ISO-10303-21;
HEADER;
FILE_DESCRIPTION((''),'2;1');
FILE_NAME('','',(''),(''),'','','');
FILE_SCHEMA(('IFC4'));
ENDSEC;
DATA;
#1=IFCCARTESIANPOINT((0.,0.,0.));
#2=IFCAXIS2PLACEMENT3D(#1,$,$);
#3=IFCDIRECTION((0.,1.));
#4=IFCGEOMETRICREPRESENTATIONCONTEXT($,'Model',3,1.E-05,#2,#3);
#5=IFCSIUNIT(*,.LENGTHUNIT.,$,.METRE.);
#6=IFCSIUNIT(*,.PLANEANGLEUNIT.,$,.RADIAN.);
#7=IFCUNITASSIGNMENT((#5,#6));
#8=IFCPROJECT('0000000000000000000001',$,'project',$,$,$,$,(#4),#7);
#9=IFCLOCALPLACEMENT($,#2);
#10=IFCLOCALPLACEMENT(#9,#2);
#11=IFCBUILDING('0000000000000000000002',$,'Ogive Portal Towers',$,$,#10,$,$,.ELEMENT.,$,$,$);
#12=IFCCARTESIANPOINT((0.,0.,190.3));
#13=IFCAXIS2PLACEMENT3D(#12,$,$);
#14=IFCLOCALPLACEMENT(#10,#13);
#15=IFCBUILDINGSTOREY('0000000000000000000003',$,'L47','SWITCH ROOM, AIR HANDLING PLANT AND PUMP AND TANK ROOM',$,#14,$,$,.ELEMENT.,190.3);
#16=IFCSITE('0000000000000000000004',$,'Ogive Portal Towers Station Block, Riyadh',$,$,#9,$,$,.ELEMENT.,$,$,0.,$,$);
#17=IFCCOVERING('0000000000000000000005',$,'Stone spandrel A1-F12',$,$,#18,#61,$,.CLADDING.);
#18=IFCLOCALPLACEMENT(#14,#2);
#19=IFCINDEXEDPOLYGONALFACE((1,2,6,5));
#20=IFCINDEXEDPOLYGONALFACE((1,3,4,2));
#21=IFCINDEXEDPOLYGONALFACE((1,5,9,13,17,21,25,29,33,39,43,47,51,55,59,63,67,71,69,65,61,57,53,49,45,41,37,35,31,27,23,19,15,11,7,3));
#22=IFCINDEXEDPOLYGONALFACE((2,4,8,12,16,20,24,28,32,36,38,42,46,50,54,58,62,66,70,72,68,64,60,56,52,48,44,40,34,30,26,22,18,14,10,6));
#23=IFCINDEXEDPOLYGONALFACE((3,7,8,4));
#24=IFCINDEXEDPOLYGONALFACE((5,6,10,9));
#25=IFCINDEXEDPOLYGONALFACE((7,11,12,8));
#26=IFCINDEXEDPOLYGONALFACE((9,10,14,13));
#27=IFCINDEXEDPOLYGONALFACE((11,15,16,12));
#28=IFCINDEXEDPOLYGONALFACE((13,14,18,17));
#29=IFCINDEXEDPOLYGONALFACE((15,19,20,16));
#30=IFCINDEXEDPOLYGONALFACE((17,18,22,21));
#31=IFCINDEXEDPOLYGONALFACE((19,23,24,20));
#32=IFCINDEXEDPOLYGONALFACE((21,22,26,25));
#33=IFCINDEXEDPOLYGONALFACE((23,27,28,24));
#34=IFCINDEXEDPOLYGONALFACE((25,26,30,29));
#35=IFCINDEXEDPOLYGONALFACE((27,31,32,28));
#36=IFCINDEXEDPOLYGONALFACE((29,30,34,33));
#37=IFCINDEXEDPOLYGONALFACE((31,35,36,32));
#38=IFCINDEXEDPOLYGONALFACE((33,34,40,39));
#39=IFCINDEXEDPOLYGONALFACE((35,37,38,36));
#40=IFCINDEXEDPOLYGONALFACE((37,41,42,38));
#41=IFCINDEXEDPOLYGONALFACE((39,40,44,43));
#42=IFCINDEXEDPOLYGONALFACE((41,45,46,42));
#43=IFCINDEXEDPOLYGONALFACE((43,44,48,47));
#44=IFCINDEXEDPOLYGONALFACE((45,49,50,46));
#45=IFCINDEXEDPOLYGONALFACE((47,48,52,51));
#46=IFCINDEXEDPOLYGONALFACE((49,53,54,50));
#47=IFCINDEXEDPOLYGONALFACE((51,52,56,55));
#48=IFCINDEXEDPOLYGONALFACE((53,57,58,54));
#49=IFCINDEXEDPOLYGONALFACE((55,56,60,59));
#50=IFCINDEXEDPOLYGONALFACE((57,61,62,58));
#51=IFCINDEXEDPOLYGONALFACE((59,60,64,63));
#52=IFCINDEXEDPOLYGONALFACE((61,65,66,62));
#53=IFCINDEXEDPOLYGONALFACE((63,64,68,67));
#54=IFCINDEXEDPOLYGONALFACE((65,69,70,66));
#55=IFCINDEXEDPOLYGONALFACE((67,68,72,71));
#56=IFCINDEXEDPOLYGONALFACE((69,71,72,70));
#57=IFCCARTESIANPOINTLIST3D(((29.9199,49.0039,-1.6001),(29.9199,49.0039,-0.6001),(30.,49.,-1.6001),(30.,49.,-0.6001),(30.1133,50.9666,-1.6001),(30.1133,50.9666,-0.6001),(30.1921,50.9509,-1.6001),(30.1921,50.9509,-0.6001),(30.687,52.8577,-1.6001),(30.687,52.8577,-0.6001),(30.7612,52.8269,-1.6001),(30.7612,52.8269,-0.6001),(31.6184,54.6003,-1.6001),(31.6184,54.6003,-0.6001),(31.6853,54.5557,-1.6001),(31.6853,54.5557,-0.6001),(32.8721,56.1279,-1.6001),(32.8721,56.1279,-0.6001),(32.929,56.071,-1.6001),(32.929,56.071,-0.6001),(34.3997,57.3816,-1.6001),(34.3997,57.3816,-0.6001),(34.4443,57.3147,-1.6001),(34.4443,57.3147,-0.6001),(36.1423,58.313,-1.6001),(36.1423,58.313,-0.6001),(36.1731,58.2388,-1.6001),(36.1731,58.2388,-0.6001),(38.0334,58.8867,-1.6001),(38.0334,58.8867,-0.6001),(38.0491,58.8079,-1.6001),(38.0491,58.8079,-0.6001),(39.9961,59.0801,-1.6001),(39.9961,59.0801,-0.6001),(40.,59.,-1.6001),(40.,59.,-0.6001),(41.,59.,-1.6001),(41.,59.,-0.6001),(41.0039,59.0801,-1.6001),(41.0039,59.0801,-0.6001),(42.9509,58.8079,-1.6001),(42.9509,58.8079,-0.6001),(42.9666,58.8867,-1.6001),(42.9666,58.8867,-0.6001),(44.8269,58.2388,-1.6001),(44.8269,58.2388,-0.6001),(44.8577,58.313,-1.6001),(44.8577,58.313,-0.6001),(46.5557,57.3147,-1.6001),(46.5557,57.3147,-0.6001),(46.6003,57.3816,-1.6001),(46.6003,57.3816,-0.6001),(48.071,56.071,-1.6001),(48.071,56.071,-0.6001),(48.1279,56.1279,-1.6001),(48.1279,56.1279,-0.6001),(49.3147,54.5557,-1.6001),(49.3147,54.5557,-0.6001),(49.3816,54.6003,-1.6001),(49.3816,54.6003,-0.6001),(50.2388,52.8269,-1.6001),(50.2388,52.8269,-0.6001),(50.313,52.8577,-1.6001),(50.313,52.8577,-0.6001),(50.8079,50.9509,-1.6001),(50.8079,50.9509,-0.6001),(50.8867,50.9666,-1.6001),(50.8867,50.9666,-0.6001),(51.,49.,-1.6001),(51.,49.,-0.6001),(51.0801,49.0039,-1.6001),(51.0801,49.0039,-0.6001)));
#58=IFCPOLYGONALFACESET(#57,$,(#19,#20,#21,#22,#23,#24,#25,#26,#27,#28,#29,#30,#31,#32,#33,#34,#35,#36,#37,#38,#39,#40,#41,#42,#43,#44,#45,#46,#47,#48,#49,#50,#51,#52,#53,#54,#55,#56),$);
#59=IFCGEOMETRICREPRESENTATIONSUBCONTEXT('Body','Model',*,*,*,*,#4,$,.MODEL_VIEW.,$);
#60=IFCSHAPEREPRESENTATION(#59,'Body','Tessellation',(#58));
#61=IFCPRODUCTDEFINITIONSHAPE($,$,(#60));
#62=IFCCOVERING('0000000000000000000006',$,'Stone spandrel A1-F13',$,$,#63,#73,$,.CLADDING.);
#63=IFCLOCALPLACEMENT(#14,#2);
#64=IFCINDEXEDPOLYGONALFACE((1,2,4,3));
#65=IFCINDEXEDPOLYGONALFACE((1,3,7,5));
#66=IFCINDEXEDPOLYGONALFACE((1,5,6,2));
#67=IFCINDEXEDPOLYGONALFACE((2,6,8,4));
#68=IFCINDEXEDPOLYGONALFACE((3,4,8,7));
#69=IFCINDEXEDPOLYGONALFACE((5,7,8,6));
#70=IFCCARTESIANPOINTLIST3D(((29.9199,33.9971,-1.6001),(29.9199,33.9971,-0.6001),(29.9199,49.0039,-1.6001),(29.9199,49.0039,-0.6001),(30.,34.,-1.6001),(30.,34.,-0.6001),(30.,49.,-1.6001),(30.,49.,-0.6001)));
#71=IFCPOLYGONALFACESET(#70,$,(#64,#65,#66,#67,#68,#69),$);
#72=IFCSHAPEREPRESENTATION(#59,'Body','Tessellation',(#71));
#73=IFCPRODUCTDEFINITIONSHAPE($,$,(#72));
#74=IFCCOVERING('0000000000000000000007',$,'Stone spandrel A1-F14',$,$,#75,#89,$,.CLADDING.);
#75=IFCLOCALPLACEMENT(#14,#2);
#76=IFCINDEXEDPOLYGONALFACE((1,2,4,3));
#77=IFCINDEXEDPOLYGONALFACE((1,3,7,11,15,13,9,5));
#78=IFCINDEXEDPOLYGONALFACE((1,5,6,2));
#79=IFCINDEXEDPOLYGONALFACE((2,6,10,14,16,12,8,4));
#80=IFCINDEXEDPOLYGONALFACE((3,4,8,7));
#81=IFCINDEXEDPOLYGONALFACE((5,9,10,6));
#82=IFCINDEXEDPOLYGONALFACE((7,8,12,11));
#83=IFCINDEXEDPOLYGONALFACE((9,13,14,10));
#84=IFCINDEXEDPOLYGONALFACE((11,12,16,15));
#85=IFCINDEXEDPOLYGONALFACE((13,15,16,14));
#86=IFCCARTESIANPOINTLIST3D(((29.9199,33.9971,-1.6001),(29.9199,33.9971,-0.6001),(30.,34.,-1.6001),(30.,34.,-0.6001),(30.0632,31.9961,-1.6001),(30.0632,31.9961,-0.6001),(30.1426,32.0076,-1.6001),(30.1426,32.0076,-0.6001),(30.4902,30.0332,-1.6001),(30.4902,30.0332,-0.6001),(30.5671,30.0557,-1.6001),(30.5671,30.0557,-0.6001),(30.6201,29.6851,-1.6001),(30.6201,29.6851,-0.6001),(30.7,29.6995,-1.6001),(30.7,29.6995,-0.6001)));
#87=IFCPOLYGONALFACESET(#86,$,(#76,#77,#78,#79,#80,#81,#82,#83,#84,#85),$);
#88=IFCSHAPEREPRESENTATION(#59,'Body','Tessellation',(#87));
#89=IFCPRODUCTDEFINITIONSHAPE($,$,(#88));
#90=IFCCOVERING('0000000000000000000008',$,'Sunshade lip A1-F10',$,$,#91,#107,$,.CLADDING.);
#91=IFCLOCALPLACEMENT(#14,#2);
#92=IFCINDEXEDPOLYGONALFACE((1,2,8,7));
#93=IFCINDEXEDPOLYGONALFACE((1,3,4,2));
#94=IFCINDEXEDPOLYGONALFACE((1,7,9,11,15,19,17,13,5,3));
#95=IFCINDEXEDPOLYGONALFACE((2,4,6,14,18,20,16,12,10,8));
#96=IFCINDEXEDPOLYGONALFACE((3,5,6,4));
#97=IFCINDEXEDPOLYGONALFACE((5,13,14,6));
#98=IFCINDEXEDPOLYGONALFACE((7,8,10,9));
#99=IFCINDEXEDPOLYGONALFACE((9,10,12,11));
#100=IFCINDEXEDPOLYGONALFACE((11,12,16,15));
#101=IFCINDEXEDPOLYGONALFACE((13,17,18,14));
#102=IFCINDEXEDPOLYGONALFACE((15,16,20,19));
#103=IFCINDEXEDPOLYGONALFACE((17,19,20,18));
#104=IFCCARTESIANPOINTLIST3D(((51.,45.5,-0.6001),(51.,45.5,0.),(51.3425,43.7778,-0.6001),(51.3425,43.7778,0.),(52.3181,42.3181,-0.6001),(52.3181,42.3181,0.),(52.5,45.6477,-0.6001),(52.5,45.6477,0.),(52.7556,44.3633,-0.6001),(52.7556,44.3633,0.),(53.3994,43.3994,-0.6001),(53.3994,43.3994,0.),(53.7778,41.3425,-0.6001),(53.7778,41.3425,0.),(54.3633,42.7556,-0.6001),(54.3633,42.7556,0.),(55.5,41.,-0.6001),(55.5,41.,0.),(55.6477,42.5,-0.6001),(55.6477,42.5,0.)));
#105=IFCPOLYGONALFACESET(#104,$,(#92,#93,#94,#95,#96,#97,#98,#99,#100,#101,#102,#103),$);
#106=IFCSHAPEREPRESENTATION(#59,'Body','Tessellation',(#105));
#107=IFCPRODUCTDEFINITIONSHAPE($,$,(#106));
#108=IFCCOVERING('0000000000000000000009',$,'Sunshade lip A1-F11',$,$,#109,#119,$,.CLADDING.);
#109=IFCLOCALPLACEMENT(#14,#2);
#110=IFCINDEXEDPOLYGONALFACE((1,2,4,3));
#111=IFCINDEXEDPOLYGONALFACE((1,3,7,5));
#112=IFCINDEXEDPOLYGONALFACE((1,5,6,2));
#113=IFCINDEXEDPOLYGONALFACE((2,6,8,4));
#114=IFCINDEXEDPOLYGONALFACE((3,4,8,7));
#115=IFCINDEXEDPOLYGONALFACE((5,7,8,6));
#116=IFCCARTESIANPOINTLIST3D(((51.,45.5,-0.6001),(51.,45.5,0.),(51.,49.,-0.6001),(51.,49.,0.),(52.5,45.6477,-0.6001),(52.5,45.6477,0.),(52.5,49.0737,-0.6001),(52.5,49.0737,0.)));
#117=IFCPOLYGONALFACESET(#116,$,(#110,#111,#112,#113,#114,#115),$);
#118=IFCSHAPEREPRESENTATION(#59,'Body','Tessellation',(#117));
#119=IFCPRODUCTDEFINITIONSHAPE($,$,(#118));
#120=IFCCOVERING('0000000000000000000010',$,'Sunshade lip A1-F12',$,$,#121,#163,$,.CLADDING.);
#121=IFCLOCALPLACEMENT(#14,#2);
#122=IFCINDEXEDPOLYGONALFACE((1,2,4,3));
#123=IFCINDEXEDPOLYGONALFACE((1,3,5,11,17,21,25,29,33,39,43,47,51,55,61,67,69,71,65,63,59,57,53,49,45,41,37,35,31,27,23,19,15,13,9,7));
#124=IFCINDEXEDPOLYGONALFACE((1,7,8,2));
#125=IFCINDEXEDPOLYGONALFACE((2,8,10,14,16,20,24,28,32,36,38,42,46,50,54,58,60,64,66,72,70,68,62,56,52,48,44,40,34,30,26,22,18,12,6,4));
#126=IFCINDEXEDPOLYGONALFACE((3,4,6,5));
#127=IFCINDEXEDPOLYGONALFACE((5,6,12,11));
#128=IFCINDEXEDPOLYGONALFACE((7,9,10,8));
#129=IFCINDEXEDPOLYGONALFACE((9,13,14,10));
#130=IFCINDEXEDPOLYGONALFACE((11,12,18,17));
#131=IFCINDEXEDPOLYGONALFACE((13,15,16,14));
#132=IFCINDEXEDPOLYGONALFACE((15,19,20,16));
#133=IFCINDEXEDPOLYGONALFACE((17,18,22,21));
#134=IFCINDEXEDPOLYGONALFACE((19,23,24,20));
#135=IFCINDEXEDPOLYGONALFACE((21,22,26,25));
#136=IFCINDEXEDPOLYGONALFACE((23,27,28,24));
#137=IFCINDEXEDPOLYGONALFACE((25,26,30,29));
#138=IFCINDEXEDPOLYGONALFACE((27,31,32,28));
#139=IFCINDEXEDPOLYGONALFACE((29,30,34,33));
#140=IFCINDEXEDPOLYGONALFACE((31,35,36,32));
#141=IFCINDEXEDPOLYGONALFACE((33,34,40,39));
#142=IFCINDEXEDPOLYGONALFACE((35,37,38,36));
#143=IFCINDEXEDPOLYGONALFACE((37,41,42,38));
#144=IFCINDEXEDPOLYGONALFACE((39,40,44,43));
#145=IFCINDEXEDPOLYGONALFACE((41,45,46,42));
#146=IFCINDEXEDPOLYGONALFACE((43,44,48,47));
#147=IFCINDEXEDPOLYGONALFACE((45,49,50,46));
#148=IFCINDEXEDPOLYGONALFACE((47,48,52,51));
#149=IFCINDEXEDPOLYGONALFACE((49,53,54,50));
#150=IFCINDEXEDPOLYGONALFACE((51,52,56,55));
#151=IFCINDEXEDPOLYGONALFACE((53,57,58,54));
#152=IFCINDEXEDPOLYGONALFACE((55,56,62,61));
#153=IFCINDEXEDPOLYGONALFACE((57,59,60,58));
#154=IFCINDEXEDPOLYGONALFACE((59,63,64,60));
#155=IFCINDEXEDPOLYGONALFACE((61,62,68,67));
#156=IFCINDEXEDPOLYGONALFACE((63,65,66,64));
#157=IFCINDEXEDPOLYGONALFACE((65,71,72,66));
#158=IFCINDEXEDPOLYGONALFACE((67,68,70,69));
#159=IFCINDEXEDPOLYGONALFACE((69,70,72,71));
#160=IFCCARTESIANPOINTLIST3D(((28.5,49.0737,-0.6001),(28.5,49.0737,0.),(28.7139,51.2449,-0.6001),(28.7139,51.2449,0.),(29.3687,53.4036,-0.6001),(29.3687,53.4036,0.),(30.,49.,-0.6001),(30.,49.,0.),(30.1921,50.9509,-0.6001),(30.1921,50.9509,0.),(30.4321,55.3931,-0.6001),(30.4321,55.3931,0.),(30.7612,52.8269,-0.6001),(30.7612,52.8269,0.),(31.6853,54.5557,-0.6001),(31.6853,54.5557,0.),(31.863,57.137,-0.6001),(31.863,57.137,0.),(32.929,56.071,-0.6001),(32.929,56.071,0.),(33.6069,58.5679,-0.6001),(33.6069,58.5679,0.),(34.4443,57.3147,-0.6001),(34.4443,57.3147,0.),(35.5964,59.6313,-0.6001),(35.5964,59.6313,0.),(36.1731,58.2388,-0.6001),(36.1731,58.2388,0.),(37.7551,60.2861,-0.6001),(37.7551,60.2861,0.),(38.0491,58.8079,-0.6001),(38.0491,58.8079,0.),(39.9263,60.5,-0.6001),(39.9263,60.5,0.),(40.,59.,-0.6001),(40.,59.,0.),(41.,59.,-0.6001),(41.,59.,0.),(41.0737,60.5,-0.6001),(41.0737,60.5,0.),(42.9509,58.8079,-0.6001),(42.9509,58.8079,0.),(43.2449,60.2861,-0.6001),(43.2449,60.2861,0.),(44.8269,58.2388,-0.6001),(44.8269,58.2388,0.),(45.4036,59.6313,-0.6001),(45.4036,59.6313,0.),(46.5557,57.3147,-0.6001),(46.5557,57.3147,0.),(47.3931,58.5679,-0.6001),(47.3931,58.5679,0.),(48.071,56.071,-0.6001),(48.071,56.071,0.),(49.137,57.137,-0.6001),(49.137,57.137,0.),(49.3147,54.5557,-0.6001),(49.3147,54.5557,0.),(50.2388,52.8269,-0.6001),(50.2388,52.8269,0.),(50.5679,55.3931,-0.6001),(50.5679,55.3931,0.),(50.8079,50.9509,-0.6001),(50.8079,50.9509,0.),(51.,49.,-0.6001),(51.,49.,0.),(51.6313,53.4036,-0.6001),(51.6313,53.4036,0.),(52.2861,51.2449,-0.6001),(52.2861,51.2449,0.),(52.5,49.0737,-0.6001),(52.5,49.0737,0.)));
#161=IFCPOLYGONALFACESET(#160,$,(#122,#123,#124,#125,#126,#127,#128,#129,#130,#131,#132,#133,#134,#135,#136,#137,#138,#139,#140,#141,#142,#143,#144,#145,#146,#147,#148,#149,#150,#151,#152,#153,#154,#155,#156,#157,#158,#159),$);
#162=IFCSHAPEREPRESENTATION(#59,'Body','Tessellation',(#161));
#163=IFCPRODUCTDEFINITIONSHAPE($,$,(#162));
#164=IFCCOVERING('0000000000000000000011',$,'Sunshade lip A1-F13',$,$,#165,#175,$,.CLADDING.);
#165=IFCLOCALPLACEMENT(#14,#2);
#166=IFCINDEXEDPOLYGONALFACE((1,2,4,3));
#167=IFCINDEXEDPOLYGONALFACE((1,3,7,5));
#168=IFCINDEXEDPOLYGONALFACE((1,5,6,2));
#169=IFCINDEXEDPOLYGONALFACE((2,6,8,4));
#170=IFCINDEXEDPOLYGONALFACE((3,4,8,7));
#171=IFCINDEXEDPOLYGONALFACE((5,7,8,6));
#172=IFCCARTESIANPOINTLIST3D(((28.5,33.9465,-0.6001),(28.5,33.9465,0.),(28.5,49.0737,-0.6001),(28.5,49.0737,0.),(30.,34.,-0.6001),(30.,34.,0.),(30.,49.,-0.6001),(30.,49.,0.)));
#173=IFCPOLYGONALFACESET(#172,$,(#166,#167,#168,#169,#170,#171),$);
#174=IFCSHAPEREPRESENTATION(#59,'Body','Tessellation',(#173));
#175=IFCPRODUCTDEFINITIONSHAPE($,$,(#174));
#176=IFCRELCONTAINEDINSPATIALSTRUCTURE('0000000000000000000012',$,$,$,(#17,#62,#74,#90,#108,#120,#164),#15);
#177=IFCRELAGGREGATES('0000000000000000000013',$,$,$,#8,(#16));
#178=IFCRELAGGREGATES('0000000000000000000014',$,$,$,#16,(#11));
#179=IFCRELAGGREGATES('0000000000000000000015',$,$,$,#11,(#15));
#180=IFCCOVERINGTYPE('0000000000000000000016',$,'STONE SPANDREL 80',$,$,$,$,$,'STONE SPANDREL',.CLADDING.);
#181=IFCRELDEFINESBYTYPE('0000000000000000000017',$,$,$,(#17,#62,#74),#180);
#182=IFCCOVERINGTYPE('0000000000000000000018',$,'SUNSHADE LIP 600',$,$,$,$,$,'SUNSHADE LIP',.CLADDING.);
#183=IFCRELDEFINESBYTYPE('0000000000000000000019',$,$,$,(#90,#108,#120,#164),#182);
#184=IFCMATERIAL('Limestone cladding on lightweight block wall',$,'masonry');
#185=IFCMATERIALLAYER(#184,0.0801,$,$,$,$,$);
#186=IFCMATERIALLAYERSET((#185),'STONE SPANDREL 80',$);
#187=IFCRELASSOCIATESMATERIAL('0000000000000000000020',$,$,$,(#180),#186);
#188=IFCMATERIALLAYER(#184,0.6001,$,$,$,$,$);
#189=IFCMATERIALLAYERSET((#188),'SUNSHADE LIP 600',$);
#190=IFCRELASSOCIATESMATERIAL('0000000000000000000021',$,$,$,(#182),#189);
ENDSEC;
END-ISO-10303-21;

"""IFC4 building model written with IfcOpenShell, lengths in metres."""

from ifc_helpers import new_model, si_unit, direction, frame, origin, place, context, subcontext, project, spatial, polyline, outline, extrude, material, layer, layer_set, type_object, element, save


model = new_model("IFC4")

# Units and contexts
model_context = context("Model", 3, precision=1e-05, world=origin(), true_north=direction((0.0, 1.0)))
body_context = subcontext(model_context, "Body", "Model", "MODEL_VIEW")
ifc_project = project(units=[si_unit("LENGTHUNIT", "METRE"), si_unit("PLANEANGLEUNIT", "RADIAN")], contexts=[model_context])

# Site, building, storey
site_placement = place(None, origin())
site = spatial("IfcSite", under=ifc_project, at=site_placement, Name="Ogive Portal Towers Station Block, Riyadh", CompositionType="ELEMENT", RefElevation=0.0)
building_placement = place(site_placement, origin())
building = spatial("IfcBuilding", under=site, at=building_placement, Name="Ogive Portal Towers", CompositionType="ELEMENT")
storey_placement = place(building_placement, frame((0.0, 0.0, 190.3)))
storey = spatial("IfcBuildingStorey", under=building, at=storey_placement, Name="L47", Description="SWITCH ROOM, AIR HANDLING PLANT AND PUMP AND TANK ROOM", CompositionType="ELEMENT", Elevation=190.3)

# Shared definitions
ifc_material_1 = material(Name="Limestone cladding on lightweight block wall", Category="masonry")

# Coverings
ifc_layer_1 = layer(ifc_material_1, 0.0801)
ifc_layer_set_1 = layer_set([ifc_layer_1], Name="STONE SPANDREL 80")
covering_type_1 = type_object("IfcCoveringType", Name="STONE SPANDREL 80", ElementType="STONE SPANDREL", PredefinedType="CLADDING", material=ifc_layer_set_1)
covering_1_placement = place(storey_placement, frame((0.0, 0.0, -1.6001)))
element("IfcCovering", 1, at=covering_1_placement, inside=storey, type_object=covering_type_1, Name="Stone spandrel A1-F12", PredefinedType="CLADDING", context=body_context, shape_type="SweptSolid", body=[
    extrude(outline(polyline([(51.0, 49.0), (50.8079, 50.9509), (50.2388, 52.8269), (49.3147, 54.5557), (48.071, 56.071), (46.5557, 57.3147), (44.8269, 58.2388), (42.9509, 58.8079), (41.0, 59.0), (40.0, 59.0), (38.0491, 58.8079), (36.1731, 58.2388), (34.4443, 57.3147), (32.929, 56.071), (31.6853, 54.5557), (30.7612, 52.8269), (30.1921, 50.9509), (30.0, 49.0), (29.9199, 49.0039), (30.1133, 50.9666), (30.687, 52.8577), (31.6184, 54.6003), (32.8721, 56.1279), (34.3997, 57.3816), (36.1423, 58.313), (38.0334, 58.8867), (39.9961, 59.0801), (41.0039, 59.0801), (42.9666, 58.8867), (44.8577, 58.313), (46.6003, 57.3816), (48.1279, 56.1279), (49.3816, 54.6003), (50.313, 52.8577), (50.8867, 50.9666), (51.0801, 49.0039), (51.0, 49.0)])), origin(), (0.0, 0.0, 1.0), 1.0),
])
covering_2_placement = place(storey_placement, frame((0.0, 0.0, -1.6001)))
element("IfcCovering", 2, at=covering_2_placement, inside=storey, type_object=covering_type_1, Name="Stone spandrel A1-F13", PredefinedType="CLADDING", context=body_context, shape_type="SweptSolid", body=[
    extrude(outline(polyline([(30.0, 49.0), (30.0, 34.0), (29.9199, 33.9971), (29.9199, 49.0039), (30.0, 49.0)])), origin(), (0.0, 0.0, 1.0), 1.0),
])
covering_3_placement = place(storey_placement, frame((0.0, 0.0, -1.6001)))
element("IfcCovering", 3, at=covering_3_placement, inside=storey, type_object=covering_type_1, Name="Stone spandrel A1-F14", PredefinedType="CLADDING", context=body_context, shape_type="SweptSolid", body=[
    extrude(outline(polyline([(30.0, 34.0), (30.1426, 32.0076), (30.5671, 30.0557), (30.7, 29.6995), (30.6201, 29.6851), (30.4902, 30.0332), (30.0632, 31.9961), (29.9199, 33.9971), (30.0, 34.0)])), origin(), (0.0, 0.0, 1.0), 1.0),
])
ifc_layer_2 = layer(ifc_material_1, 0.6001)
ifc_layer_set_2 = layer_set([ifc_layer_2], Name="SUNSHADE LIP 600")
covering_type_2 = type_object("IfcCoveringType", Name="SUNSHADE LIP 600", ElementType="SUNSHADE LIP", PredefinedType="CLADDING", material=ifc_layer_set_2)
covering_4_placement = place(storey_placement, frame((0.0, 0.0, -0.6001)))
element("IfcCovering", 4, at=covering_4_placement, inside=storey, type_object=covering_type_2, Name="Sunshade lip A1-F10", PredefinedType="CLADDING", context=body_context, shape_type="SweptSolid", body=[
    extrude(outline(polyline([(55.5, 41.0), (53.7778, 41.3425), (52.3181, 42.3181), (51.3425, 43.7778), (51.0, 45.5), (52.5, 45.6477), (52.7556, 44.3633), (53.3994, 43.3994), (54.3633, 42.7556), (55.6477, 42.5), (55.5, 41.0)])), origin(), (0.0, 0.0, 1.0), 0.6001),
])
covering_5_placement = place(storey_placement, frame((0.0, 0.0, -0.6001)))
element("IfcCovering", 5, at=covering_5_placement, inside=storey, type_object=covering_type_2, Name="Sunshade lip A1-F11", PredefinedType="CLADDING", context=body_context, shape_type="SweptSolid", body=[
    extrude(outline(polyline([(51.0, 45.5), (51.0, 49.0), (52.5, 49.0737), (52.5, 45.6477), (51.0, 45.5)])), origin(), (0.0, 0.0, 1.0), 0.6001),
])
covering_6_placement = place(storey_placement, frame((0.0, 0.0, -0.6001)))
element("IfcCovering", 6, at=covering_6_placement, inside=storey, type_object=covering_type_2, Name="Sunshade lip A1-F12", PredefinedType="CLADDING", context=body_context, shape_type="SweptSolid", body=[
    extrude(outline(polyline([(51.0, 49.0), (50.8079, 50.9509), (50.2388, 52.8269), (49.3147, 54.5557), (48.071, 56.071), (46.5557, 57.3147), (44.8269, 58.2388), (42.9509, 58.8079), (41.0, 59.0), (40.0, 59.0), (38.0491, 58.8079), (36.1731, 58.2388), (34.4443, 57.3147), (32.929, 56.071), (31.6853, 54.5557), (30.7612, 52.8269), (30.1921, 50.9509), (30.0, 49.0), (28.5, 49.0737), (28.7139, 51.2449), (29.3687, 53.4036), (30.4321, 55.3931), (31.863, 57.137), (33.6069, 58.5679), (35.5964, 59.6313), (37.7551, 60.2861), (39.9263, 60.5), (41.0737, 60.5), (43.2449, 60.2861), (45.4036, 59.6313), (47.3931, 58.5679), (49.137, 57.137), (50.5679, 55.3931), (51.6313, 53.4036), (52.2861, 51.2449), (52.5, 49.0737), (51.0, 49.0)])), origin(), (0.0, 0.0, 1.0), 0.6001),
])
covering_7_placement = place(storey_placement, frame((0.0, 0.0, -0.6001)))
element("IfcCovering", 7, at=covering_7_placement, inside=storey, type_object=covering_type_2, Name="Sunshade lip A1-F13", PredefinedType="CLADDING", context=body_context, shape_type="SweptSolid", body=[
    extrude(outline(polyline([(30.0, 49.0), (30.0, 34.0), (28.5, 33.9465), (28.5, 49.0737), (30.0, 49.0)])), origin(), (0.0, 0.0, 1.0), 0.6001),
])

save(model, "model.ifc")
